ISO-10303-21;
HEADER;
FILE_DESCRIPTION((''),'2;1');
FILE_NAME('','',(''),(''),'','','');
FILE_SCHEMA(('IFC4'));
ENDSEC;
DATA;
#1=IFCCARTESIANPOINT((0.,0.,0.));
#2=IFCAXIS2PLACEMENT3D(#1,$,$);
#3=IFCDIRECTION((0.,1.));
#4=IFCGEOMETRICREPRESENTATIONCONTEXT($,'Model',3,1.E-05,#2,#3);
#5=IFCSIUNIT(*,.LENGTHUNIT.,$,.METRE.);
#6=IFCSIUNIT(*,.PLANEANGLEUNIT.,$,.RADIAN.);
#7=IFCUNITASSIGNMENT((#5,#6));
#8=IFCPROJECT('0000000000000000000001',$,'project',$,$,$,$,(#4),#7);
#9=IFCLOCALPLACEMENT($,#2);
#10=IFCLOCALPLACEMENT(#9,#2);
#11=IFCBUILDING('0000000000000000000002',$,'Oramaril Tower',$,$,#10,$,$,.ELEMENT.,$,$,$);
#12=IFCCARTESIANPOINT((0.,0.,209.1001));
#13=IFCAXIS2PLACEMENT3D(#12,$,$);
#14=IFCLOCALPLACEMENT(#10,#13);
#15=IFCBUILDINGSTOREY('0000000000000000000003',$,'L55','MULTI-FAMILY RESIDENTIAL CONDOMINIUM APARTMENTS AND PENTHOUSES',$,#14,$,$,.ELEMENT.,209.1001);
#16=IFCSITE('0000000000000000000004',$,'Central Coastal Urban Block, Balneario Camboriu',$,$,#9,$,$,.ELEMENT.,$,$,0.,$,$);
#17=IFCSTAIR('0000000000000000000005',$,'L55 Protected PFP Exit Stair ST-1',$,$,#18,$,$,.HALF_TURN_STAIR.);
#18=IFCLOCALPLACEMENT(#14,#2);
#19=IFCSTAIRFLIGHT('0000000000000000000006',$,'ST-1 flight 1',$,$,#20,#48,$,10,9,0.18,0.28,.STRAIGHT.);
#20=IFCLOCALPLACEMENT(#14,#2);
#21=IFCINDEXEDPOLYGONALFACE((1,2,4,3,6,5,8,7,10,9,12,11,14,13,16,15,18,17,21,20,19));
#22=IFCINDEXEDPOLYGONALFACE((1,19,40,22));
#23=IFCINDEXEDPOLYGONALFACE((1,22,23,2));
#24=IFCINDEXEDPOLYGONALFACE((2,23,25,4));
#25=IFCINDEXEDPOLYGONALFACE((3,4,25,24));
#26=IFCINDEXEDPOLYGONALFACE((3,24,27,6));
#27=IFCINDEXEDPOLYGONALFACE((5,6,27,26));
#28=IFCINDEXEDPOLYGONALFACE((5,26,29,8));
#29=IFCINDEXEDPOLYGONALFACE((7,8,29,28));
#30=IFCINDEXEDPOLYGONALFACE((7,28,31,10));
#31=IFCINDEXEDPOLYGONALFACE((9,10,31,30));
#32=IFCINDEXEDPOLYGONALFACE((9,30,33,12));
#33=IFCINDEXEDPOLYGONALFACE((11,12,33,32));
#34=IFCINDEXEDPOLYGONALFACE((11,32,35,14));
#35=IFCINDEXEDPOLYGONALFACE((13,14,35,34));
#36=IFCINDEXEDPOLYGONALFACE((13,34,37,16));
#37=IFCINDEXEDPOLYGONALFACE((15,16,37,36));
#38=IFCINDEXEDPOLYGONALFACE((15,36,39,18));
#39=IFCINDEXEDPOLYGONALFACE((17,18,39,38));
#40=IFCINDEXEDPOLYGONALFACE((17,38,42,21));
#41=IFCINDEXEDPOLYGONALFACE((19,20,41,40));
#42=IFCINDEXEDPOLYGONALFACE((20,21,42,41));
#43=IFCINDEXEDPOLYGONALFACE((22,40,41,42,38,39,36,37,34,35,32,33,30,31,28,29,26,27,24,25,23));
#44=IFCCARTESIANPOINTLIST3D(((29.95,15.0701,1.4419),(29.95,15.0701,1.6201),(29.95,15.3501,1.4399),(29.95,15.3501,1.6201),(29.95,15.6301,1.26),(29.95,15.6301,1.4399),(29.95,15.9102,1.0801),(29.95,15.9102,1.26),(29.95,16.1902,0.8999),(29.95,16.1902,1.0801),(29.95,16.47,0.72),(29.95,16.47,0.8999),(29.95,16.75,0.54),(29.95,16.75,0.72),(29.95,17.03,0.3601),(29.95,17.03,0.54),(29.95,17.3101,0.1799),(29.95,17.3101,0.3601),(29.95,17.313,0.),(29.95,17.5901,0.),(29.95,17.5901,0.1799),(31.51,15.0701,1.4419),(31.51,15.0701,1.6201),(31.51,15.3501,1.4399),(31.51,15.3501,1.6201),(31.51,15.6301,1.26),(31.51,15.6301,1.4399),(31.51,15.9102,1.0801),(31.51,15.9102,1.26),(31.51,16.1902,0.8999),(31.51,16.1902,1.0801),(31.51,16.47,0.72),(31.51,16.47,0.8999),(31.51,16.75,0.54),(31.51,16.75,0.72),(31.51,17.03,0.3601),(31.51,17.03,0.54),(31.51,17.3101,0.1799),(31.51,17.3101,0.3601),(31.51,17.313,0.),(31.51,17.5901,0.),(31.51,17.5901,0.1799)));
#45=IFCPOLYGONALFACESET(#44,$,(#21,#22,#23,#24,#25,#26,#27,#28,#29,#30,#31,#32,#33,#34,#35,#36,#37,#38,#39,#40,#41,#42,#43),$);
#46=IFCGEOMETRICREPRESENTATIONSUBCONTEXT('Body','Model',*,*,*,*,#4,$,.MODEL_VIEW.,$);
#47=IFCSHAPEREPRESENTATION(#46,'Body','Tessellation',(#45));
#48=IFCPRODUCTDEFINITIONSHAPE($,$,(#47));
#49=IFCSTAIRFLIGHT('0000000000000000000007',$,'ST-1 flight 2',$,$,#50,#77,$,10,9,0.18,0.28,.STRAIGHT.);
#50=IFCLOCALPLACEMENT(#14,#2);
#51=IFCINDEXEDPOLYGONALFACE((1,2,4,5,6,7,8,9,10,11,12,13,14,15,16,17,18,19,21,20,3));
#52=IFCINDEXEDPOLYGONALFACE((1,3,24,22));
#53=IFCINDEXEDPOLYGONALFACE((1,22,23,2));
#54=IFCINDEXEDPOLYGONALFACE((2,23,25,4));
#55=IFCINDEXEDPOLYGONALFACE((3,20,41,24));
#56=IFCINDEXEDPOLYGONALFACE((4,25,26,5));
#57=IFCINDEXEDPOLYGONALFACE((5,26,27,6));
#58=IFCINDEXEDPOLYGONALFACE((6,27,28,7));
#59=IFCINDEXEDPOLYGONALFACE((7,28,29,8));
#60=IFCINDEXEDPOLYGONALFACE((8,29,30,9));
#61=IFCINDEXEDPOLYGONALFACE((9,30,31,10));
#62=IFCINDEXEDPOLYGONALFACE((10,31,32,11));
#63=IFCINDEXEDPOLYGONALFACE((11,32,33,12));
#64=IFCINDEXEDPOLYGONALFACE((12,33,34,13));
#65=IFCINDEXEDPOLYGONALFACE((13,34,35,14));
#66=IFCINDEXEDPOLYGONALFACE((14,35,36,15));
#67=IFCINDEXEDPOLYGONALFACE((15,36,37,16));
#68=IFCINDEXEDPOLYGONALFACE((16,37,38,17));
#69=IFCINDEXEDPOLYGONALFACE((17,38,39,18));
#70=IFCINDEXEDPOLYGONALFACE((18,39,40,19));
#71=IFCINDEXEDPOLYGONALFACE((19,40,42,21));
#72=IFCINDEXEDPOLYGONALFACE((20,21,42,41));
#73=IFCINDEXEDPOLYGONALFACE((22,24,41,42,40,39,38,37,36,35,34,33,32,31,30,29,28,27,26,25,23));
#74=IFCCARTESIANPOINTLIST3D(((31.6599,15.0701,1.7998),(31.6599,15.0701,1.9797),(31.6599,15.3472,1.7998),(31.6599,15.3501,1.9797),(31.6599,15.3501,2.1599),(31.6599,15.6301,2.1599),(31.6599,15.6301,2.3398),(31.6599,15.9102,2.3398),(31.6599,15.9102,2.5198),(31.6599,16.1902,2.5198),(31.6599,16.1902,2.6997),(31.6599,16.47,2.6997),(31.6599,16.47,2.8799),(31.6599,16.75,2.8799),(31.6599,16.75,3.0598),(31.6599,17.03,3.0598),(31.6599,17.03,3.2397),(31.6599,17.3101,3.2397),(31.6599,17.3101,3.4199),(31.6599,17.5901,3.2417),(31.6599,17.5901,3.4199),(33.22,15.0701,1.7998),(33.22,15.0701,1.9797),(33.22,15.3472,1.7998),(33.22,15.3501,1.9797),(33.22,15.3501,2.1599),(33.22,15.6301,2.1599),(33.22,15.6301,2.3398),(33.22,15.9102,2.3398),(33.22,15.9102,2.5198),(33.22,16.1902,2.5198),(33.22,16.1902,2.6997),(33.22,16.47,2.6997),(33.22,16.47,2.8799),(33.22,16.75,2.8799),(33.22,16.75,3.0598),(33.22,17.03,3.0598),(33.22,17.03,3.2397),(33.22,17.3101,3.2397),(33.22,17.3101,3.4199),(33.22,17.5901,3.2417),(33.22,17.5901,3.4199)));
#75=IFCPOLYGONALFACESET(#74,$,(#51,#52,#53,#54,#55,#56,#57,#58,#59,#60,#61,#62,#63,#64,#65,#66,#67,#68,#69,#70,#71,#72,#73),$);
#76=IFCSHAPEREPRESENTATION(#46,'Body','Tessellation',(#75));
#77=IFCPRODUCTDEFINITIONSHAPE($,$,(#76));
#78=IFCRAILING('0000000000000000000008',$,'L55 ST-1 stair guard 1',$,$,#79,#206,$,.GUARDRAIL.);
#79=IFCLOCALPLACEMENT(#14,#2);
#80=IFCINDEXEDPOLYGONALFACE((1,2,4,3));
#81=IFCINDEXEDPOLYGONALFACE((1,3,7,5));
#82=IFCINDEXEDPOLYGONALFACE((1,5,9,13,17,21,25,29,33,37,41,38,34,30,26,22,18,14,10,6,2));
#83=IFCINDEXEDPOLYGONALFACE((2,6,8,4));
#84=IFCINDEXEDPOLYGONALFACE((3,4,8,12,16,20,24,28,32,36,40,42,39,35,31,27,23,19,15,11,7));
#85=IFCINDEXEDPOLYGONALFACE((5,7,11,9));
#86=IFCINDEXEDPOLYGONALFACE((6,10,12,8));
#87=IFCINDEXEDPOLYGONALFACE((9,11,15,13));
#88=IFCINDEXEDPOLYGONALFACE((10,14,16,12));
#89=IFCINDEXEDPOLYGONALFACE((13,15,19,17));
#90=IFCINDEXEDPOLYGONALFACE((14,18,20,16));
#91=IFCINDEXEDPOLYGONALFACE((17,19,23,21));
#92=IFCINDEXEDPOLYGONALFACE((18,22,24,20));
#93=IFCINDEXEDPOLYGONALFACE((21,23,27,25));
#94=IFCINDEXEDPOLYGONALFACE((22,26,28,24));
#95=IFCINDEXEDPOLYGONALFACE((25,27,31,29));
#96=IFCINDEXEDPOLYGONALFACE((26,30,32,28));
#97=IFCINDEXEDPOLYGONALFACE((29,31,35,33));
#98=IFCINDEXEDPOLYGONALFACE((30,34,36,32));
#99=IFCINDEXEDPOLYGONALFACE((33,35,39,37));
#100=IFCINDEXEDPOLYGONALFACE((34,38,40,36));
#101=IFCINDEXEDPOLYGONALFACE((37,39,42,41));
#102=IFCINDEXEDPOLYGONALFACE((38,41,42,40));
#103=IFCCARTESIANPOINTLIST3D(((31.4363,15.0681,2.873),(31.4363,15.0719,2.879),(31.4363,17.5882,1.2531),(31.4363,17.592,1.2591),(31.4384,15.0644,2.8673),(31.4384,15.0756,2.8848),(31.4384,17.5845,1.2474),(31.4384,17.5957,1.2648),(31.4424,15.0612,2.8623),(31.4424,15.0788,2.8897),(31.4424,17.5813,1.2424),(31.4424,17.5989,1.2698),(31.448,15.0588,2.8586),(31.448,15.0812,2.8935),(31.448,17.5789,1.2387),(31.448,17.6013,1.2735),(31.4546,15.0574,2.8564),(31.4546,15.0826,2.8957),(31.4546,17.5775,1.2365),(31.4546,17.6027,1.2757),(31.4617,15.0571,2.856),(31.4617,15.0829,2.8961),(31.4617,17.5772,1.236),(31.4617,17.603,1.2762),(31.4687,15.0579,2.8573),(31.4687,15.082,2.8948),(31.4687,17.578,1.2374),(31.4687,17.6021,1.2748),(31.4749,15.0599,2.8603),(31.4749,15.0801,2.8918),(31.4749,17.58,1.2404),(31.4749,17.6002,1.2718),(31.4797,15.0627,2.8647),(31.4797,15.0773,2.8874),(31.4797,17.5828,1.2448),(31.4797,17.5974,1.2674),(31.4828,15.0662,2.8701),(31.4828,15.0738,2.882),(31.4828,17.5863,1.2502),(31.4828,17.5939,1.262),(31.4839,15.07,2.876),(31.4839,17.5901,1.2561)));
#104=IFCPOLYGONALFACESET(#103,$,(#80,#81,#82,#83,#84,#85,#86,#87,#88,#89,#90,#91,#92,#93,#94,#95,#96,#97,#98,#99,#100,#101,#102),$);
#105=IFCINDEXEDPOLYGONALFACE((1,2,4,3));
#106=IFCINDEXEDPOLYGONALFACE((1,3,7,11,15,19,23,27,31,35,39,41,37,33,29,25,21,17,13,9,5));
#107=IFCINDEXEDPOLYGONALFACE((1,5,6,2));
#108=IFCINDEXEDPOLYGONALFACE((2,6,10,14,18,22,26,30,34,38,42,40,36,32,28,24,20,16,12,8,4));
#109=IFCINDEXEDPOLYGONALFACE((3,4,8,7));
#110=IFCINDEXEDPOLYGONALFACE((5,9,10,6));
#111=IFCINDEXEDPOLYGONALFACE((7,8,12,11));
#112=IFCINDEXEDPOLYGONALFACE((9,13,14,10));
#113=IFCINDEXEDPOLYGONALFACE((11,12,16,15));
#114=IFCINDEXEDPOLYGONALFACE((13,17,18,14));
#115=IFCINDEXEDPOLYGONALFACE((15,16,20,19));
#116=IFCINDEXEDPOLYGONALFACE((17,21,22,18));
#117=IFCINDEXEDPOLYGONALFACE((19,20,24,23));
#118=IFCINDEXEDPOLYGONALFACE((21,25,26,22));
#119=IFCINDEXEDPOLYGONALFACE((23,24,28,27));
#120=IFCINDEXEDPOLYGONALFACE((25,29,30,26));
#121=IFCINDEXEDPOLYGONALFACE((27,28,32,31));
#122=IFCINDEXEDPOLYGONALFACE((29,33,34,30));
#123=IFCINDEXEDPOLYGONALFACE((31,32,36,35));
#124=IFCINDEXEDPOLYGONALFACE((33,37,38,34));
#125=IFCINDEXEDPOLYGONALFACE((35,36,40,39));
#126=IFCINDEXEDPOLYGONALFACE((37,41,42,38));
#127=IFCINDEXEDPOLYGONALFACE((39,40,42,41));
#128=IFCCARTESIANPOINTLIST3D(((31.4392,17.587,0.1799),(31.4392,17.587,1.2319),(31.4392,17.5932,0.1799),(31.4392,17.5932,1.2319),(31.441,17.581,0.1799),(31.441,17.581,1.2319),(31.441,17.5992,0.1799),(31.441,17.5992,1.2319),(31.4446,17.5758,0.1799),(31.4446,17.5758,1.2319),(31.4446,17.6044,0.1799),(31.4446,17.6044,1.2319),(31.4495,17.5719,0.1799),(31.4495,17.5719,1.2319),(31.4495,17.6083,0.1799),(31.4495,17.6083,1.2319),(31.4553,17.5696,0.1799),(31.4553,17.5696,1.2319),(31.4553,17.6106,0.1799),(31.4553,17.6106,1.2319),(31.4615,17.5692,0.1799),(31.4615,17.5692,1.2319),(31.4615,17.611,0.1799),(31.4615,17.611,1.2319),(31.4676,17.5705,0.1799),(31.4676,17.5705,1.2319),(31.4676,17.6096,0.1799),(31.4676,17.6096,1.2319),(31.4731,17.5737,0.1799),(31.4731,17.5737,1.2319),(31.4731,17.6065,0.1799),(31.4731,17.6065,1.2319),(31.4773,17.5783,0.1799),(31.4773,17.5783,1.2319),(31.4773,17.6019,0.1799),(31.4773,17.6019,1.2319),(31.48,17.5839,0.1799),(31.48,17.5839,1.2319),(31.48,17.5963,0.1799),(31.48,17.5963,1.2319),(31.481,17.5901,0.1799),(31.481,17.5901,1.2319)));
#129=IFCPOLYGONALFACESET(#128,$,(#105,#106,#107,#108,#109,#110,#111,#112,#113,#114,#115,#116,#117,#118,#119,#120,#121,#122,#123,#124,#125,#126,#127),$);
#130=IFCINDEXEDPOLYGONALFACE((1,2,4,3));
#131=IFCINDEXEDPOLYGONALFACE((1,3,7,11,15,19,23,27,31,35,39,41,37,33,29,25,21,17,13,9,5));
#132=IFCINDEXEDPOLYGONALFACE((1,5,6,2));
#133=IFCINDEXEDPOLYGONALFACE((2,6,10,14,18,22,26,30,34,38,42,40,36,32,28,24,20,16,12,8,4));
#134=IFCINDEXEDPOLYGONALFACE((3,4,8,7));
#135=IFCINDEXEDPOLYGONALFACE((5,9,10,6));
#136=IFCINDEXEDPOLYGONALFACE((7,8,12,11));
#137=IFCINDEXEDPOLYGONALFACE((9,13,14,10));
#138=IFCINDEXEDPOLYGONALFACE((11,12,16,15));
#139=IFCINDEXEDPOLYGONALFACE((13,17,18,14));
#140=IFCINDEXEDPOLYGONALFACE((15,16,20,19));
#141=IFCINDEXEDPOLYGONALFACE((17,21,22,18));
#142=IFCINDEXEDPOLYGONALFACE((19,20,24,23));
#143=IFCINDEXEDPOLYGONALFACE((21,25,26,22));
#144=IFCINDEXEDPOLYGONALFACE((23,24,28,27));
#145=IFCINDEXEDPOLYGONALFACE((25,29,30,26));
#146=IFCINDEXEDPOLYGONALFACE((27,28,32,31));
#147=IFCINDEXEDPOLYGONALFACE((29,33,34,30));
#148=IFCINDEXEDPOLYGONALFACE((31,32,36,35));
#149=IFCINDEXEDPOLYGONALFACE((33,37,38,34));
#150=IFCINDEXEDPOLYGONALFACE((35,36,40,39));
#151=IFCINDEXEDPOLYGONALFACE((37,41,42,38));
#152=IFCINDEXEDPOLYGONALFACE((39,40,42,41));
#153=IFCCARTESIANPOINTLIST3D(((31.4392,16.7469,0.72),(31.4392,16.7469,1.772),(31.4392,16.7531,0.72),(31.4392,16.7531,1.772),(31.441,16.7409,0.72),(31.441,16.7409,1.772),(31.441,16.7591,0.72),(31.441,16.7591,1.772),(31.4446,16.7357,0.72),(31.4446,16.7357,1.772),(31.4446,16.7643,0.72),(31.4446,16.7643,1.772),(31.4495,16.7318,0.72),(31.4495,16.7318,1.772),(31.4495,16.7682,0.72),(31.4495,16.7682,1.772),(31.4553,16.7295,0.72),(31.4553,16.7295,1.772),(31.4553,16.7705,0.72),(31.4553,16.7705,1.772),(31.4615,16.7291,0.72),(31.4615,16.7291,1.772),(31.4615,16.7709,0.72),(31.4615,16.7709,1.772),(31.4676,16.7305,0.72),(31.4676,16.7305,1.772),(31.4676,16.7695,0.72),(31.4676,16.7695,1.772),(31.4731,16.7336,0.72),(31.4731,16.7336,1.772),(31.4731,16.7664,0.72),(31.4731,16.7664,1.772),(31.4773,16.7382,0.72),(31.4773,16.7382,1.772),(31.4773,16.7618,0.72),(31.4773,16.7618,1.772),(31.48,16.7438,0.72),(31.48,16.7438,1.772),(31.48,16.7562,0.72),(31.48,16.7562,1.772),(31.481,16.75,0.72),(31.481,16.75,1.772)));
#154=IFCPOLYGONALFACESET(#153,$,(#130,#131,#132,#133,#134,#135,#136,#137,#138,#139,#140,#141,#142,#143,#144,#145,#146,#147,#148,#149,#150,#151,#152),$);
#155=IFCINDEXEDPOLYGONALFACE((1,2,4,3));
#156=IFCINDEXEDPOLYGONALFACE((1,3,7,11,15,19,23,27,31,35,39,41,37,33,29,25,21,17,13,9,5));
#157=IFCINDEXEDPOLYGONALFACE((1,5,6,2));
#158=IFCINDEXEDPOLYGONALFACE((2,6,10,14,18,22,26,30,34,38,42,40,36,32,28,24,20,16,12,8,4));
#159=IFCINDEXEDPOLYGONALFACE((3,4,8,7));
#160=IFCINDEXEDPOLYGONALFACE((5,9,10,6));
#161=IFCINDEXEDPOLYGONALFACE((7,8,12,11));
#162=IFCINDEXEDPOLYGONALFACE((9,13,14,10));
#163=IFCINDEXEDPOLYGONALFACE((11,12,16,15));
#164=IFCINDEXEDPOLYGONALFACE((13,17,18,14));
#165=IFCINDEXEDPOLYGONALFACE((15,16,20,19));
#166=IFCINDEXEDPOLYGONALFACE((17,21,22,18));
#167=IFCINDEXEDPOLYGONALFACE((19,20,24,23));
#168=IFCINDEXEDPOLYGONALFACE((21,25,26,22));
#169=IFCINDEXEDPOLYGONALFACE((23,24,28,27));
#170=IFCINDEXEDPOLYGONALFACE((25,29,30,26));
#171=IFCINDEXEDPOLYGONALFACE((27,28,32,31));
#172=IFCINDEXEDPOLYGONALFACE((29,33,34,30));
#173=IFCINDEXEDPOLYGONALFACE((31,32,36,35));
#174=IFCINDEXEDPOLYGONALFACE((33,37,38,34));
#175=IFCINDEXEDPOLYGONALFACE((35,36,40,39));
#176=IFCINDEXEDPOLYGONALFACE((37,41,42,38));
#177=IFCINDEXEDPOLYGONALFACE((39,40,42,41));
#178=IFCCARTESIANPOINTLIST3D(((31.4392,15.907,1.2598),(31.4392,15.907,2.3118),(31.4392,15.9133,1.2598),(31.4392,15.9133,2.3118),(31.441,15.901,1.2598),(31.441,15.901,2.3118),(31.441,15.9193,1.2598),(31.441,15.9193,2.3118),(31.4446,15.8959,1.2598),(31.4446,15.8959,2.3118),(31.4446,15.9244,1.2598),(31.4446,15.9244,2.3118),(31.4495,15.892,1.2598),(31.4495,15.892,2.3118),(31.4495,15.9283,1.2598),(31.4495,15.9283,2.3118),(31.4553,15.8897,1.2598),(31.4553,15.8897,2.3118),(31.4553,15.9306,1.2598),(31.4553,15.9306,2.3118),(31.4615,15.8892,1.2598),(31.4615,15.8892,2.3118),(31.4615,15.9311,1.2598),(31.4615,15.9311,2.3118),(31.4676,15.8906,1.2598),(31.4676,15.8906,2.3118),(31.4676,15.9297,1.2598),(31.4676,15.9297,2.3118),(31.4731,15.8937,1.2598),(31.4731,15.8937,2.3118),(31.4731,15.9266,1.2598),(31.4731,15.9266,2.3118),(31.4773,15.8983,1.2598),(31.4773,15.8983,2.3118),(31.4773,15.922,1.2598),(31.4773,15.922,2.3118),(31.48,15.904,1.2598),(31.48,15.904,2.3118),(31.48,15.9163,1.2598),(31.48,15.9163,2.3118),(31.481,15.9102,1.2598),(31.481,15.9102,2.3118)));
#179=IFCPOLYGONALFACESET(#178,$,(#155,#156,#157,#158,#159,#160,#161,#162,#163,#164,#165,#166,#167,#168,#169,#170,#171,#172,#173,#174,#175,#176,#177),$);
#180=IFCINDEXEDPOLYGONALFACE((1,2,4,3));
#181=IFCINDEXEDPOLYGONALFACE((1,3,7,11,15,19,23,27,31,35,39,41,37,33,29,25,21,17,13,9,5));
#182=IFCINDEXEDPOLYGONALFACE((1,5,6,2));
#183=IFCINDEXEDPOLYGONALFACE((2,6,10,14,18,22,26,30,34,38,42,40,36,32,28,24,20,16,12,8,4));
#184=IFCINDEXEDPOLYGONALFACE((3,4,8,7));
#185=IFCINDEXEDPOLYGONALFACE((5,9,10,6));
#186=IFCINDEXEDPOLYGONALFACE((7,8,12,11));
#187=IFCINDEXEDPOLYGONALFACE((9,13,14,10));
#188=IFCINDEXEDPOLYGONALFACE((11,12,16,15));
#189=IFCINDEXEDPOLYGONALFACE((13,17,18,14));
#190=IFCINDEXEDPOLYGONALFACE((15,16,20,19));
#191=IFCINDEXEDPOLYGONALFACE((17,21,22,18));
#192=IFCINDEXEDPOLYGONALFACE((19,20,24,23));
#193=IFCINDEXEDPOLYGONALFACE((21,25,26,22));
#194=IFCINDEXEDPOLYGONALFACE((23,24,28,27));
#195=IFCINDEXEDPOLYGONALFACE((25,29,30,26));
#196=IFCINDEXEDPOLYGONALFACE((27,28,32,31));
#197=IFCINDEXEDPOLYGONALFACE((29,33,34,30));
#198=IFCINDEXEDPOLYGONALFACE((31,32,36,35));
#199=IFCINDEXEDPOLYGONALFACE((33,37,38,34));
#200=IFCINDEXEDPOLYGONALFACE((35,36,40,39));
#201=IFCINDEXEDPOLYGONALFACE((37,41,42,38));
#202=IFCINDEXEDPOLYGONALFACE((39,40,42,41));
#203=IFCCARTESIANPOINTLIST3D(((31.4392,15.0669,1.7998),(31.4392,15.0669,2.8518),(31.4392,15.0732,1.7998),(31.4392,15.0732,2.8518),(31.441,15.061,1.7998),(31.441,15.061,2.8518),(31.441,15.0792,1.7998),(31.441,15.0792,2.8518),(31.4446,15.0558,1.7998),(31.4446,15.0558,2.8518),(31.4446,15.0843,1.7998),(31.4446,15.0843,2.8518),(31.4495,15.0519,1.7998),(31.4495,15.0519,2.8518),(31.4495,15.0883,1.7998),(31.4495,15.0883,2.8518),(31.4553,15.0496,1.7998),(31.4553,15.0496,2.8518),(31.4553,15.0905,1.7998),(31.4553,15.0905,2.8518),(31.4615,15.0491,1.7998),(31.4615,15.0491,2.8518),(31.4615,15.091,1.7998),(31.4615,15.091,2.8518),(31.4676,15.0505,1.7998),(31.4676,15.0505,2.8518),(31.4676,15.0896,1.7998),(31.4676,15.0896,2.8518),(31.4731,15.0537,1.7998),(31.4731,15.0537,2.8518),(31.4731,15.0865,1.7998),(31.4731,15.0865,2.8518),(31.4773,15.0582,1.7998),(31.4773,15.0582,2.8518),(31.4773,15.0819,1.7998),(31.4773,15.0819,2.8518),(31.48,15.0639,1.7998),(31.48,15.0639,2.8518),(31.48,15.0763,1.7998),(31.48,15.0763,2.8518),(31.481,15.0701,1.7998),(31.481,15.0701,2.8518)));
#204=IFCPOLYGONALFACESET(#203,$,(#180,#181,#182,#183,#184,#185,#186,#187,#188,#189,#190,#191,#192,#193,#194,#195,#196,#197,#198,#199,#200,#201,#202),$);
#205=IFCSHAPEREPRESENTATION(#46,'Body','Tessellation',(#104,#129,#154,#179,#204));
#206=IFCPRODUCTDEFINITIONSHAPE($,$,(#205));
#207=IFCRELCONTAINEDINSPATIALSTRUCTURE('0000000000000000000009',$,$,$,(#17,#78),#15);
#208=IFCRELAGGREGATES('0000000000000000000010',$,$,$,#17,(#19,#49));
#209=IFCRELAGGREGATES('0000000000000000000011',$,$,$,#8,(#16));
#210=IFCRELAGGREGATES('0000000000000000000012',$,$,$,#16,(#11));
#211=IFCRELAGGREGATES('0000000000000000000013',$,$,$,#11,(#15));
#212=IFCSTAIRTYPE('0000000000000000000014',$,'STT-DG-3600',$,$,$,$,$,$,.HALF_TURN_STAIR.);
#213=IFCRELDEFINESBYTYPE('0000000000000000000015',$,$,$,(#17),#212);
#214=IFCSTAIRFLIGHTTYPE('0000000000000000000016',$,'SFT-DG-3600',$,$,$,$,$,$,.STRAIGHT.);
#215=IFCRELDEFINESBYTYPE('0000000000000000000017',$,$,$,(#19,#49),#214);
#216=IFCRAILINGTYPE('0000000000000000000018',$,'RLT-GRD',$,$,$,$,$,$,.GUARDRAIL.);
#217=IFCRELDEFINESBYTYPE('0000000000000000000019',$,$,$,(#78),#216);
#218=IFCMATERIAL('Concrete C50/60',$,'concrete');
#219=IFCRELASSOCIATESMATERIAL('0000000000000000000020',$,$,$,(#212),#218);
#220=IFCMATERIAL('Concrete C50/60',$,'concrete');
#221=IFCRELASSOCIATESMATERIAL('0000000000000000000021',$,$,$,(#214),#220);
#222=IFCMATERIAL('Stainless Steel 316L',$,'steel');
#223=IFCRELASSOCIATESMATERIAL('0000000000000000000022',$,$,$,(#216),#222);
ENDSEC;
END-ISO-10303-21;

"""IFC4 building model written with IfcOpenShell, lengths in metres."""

from ifc_helpers import new_model, si_unit, direction, frame, origin, origin_2d, place, context, subcontext, project, spatial, polyline, circle, outline, extrude, material, type_object, element, aggregate, save


model = new_model("IFC4")

# Units and contexts
model_context = context("Model", 3, precision=1e-05, world=origin(), true_north=direction((0.0, 1.0)))
body_context = subcontext(model_context, "Body", "Model", "MODEL_VIEW")
ifc_project = project(units=[si_unit("LENGTHUNIT", "METRE"), si_unit("PLANEANGLEUNIT", "RADIAN")], contexts=[model_context])

# Site, building, storey
site_placement = place(None, origin())
site = spatial("IfcSite", under=ifc_project, at=site_placement, Name="Central Coastal Urban Block, Balneario Camboriu", CompositionType="ELEMENT", RefElevation=0.0)
building_placement = place(site_placement, origin())
building = spatial("IfcBuilding", under=site, at=building_placement, Name="Oramaril Tower", CompositionType="ELEMENT")
storey_placement = place(building_placement, frame((0.0, 0.0, 209.1001)))
storey = spatial("IfcBuildingStorey", under=building, at=storey_placement, Name="L55", Description="MULTI-FAMILY RESIDENTIAL CONDOMINIUM APARTMENTS AND PENTHOUSES", CompositionType="ELEMENT", Elevation=209.1001)

# Stair, stair flights
ifc_material_1 = material(Name="Concrete C50/60", Category="concrete")
stair_type = type_object("IfcStairType", Name="STT-DG-3600", PredefinedType="HALF_TURN_STAIR", material=ifc_material_1)
stair_placement = place(storey_placement, origin())
stair = element("IfcStair", 1, at=stair_placement, inside=storey, type_object=stair_type, Name="L55 Protected PFP Exit Stair ST-1", PredefinedType="HALF_TURN_STAIR")
ifc_material_2 = material(Name="Concrete C50/60", Category="concrete")
stair_flight_type = type_object("IfcStairFlightType", Name="SFT-DG-3600", PredefinedType="STRAIGHT", material=ifc_material_2)
stair_flight_1_placement = place(storey_placement, frame((30.73, 17.5901, 0.0), z_axis=(0.0, 0.0, 1.0), x_axis=(0.0, -1.0, 0.0)))
stair_flight_1 = element("IfcStairFlight", 2, at=stair_flight_1_placement, type_object=stair_flight_type, Name="ST-1 flight 1", NumberOfRisers=10, NumberOfTreads=9, PredefinedType="STRAIGHT", RiserHeight=0.18, TreadLength=0.28, context=body_context, shape_type="SweptSolid", body=[
    extrude(outline(polyline([(0.0, 0.0), (0.0, 0.1799), (0.28, 0.1799), (0.28, 0.3601), (0.5601, 0.3601), (0.5601, 0.54), (0.8401, 0.54), (0.8401, 0.72), (1.1201, 0.72), (1.1201, 0.8999), (1.3999, 0.8999), (1.3999, 1.0801), (1.6799, 1.0801), (1.6799, 1.26), (1.96, 1.26), (1.96, 1.4399), (2.24, 1.4399), (2.24, 1.6201), (2.52, 1.6201), (2.52, 1.8), (2.52, 1.4419), (0.2771, 0.0), (0.0, 0.0)])), frame((0.0, 0.78, 0.0), z_axis=(0.0, -1.0, 0.0), x_axis=(1.0, 0.0, 0.0)), (0.0, 0.0, 1.0), 1.5601),
])
stair_flight_2_placement = place(storey_placement, frame((32.4399, 15.0701, 1.7998), z_axis=(0.0, 0.0, 1.0), x_axis=(0.0, 1.0, 0.0)))
stair_flight_2 = element("IfcStairFlight", 3, at=stair_flight_2_placement, type_object=stair_flight_type, Name="ST-1 flight 2", NumberOfRisers=10, NumberOfTreads=9, PredefinedType="STRAIGHT", RiserHeight=0.18, TreadLength=0.28, context=body_context, shape_type="SweptSolid", body=[
    extrude(outline(polyline([(0.0, 0.0), (0.0, 0.1799), (0.28, 0.1799), (0.28, 0.3601), (0.5601, 0.3601), (0.5601, 0.54), (0.8401, 0.54), (0.8401, 0.72), (1.1201, 0.72), (1.1201, 0.8999), (1.3999, 0.8999), (1.3999, 1.0801), (1.6799, 1.0801), (1.6799, 1.26), (1.96, 1.26), (1.96, 1.4399), (2.24, 1.4399), (2.24, 1.6201), (2.52, 1.6201), (2.52, 1.8), (2.52, 1.4419), (0.2771, 0.0), (0.0, 0.0)])), frame((0.0, 0.78, 0.0), z_axis=(0.0, -1.0, 0.0), x_axis=(1.0, 0.0, 0.0)), (0.0, 0.0, 1.0), 1.5601),
])
aggregate(stair, [stair_flight_1, stair_flight_2])

# Railing
ifc_material_3 = material(Name="Stainless Steel 316L", Category="steel")
railing_type_1 = type_object("IfcRailingType", Name="RLT-GRD", PredefinedType="GUARDRAIL", material=ifc_material_3)
railing_1_placement = place(storey_placement, frame((31.46, 17.5901, 0.1799)))
element("IfcRailing", 4, at=railing_1_placement, inside=storey, type_object=railing_type_1, Name="L55 ST-1 stair guard 1", PredefinedType="GUARDRAIL", context=body_context, shape_type="SweptSolid", body=[
    extrude(circle(Radius=0.0239, at=origin_2d()), frame((0.0, 0.0, 1.0762), z_axis=(0.0, -0.8412, 0.540725), x_axis=(1.0, 0.0, 0.0)), (0.0, 0.0, 1.0), 2.9958),
    extrude(circle(Radius=0.021, at=origin_2d()), origin(), (0.0, 0.0, 1.0), 1.052),
    extrude(circle(Radius=0.021, at=origin_2d()), frame((0.0, -0.8401, 0.54)), (0.0, 0.0, 1.0), 1.052),
    extrude(circle(Radius=0.021, at=origin_2d()), frame((0.0, -1.6799, 1.0798)), (0.0, 0.0, 1.0), 1.052),
    extrude(circle(Radius=0.021, at=origin_2d()), frame((0.0, -2.52, 1.6199)), (0.0, 0.0, 1.0), 1.052),
])

save(model, "model.ifc")
